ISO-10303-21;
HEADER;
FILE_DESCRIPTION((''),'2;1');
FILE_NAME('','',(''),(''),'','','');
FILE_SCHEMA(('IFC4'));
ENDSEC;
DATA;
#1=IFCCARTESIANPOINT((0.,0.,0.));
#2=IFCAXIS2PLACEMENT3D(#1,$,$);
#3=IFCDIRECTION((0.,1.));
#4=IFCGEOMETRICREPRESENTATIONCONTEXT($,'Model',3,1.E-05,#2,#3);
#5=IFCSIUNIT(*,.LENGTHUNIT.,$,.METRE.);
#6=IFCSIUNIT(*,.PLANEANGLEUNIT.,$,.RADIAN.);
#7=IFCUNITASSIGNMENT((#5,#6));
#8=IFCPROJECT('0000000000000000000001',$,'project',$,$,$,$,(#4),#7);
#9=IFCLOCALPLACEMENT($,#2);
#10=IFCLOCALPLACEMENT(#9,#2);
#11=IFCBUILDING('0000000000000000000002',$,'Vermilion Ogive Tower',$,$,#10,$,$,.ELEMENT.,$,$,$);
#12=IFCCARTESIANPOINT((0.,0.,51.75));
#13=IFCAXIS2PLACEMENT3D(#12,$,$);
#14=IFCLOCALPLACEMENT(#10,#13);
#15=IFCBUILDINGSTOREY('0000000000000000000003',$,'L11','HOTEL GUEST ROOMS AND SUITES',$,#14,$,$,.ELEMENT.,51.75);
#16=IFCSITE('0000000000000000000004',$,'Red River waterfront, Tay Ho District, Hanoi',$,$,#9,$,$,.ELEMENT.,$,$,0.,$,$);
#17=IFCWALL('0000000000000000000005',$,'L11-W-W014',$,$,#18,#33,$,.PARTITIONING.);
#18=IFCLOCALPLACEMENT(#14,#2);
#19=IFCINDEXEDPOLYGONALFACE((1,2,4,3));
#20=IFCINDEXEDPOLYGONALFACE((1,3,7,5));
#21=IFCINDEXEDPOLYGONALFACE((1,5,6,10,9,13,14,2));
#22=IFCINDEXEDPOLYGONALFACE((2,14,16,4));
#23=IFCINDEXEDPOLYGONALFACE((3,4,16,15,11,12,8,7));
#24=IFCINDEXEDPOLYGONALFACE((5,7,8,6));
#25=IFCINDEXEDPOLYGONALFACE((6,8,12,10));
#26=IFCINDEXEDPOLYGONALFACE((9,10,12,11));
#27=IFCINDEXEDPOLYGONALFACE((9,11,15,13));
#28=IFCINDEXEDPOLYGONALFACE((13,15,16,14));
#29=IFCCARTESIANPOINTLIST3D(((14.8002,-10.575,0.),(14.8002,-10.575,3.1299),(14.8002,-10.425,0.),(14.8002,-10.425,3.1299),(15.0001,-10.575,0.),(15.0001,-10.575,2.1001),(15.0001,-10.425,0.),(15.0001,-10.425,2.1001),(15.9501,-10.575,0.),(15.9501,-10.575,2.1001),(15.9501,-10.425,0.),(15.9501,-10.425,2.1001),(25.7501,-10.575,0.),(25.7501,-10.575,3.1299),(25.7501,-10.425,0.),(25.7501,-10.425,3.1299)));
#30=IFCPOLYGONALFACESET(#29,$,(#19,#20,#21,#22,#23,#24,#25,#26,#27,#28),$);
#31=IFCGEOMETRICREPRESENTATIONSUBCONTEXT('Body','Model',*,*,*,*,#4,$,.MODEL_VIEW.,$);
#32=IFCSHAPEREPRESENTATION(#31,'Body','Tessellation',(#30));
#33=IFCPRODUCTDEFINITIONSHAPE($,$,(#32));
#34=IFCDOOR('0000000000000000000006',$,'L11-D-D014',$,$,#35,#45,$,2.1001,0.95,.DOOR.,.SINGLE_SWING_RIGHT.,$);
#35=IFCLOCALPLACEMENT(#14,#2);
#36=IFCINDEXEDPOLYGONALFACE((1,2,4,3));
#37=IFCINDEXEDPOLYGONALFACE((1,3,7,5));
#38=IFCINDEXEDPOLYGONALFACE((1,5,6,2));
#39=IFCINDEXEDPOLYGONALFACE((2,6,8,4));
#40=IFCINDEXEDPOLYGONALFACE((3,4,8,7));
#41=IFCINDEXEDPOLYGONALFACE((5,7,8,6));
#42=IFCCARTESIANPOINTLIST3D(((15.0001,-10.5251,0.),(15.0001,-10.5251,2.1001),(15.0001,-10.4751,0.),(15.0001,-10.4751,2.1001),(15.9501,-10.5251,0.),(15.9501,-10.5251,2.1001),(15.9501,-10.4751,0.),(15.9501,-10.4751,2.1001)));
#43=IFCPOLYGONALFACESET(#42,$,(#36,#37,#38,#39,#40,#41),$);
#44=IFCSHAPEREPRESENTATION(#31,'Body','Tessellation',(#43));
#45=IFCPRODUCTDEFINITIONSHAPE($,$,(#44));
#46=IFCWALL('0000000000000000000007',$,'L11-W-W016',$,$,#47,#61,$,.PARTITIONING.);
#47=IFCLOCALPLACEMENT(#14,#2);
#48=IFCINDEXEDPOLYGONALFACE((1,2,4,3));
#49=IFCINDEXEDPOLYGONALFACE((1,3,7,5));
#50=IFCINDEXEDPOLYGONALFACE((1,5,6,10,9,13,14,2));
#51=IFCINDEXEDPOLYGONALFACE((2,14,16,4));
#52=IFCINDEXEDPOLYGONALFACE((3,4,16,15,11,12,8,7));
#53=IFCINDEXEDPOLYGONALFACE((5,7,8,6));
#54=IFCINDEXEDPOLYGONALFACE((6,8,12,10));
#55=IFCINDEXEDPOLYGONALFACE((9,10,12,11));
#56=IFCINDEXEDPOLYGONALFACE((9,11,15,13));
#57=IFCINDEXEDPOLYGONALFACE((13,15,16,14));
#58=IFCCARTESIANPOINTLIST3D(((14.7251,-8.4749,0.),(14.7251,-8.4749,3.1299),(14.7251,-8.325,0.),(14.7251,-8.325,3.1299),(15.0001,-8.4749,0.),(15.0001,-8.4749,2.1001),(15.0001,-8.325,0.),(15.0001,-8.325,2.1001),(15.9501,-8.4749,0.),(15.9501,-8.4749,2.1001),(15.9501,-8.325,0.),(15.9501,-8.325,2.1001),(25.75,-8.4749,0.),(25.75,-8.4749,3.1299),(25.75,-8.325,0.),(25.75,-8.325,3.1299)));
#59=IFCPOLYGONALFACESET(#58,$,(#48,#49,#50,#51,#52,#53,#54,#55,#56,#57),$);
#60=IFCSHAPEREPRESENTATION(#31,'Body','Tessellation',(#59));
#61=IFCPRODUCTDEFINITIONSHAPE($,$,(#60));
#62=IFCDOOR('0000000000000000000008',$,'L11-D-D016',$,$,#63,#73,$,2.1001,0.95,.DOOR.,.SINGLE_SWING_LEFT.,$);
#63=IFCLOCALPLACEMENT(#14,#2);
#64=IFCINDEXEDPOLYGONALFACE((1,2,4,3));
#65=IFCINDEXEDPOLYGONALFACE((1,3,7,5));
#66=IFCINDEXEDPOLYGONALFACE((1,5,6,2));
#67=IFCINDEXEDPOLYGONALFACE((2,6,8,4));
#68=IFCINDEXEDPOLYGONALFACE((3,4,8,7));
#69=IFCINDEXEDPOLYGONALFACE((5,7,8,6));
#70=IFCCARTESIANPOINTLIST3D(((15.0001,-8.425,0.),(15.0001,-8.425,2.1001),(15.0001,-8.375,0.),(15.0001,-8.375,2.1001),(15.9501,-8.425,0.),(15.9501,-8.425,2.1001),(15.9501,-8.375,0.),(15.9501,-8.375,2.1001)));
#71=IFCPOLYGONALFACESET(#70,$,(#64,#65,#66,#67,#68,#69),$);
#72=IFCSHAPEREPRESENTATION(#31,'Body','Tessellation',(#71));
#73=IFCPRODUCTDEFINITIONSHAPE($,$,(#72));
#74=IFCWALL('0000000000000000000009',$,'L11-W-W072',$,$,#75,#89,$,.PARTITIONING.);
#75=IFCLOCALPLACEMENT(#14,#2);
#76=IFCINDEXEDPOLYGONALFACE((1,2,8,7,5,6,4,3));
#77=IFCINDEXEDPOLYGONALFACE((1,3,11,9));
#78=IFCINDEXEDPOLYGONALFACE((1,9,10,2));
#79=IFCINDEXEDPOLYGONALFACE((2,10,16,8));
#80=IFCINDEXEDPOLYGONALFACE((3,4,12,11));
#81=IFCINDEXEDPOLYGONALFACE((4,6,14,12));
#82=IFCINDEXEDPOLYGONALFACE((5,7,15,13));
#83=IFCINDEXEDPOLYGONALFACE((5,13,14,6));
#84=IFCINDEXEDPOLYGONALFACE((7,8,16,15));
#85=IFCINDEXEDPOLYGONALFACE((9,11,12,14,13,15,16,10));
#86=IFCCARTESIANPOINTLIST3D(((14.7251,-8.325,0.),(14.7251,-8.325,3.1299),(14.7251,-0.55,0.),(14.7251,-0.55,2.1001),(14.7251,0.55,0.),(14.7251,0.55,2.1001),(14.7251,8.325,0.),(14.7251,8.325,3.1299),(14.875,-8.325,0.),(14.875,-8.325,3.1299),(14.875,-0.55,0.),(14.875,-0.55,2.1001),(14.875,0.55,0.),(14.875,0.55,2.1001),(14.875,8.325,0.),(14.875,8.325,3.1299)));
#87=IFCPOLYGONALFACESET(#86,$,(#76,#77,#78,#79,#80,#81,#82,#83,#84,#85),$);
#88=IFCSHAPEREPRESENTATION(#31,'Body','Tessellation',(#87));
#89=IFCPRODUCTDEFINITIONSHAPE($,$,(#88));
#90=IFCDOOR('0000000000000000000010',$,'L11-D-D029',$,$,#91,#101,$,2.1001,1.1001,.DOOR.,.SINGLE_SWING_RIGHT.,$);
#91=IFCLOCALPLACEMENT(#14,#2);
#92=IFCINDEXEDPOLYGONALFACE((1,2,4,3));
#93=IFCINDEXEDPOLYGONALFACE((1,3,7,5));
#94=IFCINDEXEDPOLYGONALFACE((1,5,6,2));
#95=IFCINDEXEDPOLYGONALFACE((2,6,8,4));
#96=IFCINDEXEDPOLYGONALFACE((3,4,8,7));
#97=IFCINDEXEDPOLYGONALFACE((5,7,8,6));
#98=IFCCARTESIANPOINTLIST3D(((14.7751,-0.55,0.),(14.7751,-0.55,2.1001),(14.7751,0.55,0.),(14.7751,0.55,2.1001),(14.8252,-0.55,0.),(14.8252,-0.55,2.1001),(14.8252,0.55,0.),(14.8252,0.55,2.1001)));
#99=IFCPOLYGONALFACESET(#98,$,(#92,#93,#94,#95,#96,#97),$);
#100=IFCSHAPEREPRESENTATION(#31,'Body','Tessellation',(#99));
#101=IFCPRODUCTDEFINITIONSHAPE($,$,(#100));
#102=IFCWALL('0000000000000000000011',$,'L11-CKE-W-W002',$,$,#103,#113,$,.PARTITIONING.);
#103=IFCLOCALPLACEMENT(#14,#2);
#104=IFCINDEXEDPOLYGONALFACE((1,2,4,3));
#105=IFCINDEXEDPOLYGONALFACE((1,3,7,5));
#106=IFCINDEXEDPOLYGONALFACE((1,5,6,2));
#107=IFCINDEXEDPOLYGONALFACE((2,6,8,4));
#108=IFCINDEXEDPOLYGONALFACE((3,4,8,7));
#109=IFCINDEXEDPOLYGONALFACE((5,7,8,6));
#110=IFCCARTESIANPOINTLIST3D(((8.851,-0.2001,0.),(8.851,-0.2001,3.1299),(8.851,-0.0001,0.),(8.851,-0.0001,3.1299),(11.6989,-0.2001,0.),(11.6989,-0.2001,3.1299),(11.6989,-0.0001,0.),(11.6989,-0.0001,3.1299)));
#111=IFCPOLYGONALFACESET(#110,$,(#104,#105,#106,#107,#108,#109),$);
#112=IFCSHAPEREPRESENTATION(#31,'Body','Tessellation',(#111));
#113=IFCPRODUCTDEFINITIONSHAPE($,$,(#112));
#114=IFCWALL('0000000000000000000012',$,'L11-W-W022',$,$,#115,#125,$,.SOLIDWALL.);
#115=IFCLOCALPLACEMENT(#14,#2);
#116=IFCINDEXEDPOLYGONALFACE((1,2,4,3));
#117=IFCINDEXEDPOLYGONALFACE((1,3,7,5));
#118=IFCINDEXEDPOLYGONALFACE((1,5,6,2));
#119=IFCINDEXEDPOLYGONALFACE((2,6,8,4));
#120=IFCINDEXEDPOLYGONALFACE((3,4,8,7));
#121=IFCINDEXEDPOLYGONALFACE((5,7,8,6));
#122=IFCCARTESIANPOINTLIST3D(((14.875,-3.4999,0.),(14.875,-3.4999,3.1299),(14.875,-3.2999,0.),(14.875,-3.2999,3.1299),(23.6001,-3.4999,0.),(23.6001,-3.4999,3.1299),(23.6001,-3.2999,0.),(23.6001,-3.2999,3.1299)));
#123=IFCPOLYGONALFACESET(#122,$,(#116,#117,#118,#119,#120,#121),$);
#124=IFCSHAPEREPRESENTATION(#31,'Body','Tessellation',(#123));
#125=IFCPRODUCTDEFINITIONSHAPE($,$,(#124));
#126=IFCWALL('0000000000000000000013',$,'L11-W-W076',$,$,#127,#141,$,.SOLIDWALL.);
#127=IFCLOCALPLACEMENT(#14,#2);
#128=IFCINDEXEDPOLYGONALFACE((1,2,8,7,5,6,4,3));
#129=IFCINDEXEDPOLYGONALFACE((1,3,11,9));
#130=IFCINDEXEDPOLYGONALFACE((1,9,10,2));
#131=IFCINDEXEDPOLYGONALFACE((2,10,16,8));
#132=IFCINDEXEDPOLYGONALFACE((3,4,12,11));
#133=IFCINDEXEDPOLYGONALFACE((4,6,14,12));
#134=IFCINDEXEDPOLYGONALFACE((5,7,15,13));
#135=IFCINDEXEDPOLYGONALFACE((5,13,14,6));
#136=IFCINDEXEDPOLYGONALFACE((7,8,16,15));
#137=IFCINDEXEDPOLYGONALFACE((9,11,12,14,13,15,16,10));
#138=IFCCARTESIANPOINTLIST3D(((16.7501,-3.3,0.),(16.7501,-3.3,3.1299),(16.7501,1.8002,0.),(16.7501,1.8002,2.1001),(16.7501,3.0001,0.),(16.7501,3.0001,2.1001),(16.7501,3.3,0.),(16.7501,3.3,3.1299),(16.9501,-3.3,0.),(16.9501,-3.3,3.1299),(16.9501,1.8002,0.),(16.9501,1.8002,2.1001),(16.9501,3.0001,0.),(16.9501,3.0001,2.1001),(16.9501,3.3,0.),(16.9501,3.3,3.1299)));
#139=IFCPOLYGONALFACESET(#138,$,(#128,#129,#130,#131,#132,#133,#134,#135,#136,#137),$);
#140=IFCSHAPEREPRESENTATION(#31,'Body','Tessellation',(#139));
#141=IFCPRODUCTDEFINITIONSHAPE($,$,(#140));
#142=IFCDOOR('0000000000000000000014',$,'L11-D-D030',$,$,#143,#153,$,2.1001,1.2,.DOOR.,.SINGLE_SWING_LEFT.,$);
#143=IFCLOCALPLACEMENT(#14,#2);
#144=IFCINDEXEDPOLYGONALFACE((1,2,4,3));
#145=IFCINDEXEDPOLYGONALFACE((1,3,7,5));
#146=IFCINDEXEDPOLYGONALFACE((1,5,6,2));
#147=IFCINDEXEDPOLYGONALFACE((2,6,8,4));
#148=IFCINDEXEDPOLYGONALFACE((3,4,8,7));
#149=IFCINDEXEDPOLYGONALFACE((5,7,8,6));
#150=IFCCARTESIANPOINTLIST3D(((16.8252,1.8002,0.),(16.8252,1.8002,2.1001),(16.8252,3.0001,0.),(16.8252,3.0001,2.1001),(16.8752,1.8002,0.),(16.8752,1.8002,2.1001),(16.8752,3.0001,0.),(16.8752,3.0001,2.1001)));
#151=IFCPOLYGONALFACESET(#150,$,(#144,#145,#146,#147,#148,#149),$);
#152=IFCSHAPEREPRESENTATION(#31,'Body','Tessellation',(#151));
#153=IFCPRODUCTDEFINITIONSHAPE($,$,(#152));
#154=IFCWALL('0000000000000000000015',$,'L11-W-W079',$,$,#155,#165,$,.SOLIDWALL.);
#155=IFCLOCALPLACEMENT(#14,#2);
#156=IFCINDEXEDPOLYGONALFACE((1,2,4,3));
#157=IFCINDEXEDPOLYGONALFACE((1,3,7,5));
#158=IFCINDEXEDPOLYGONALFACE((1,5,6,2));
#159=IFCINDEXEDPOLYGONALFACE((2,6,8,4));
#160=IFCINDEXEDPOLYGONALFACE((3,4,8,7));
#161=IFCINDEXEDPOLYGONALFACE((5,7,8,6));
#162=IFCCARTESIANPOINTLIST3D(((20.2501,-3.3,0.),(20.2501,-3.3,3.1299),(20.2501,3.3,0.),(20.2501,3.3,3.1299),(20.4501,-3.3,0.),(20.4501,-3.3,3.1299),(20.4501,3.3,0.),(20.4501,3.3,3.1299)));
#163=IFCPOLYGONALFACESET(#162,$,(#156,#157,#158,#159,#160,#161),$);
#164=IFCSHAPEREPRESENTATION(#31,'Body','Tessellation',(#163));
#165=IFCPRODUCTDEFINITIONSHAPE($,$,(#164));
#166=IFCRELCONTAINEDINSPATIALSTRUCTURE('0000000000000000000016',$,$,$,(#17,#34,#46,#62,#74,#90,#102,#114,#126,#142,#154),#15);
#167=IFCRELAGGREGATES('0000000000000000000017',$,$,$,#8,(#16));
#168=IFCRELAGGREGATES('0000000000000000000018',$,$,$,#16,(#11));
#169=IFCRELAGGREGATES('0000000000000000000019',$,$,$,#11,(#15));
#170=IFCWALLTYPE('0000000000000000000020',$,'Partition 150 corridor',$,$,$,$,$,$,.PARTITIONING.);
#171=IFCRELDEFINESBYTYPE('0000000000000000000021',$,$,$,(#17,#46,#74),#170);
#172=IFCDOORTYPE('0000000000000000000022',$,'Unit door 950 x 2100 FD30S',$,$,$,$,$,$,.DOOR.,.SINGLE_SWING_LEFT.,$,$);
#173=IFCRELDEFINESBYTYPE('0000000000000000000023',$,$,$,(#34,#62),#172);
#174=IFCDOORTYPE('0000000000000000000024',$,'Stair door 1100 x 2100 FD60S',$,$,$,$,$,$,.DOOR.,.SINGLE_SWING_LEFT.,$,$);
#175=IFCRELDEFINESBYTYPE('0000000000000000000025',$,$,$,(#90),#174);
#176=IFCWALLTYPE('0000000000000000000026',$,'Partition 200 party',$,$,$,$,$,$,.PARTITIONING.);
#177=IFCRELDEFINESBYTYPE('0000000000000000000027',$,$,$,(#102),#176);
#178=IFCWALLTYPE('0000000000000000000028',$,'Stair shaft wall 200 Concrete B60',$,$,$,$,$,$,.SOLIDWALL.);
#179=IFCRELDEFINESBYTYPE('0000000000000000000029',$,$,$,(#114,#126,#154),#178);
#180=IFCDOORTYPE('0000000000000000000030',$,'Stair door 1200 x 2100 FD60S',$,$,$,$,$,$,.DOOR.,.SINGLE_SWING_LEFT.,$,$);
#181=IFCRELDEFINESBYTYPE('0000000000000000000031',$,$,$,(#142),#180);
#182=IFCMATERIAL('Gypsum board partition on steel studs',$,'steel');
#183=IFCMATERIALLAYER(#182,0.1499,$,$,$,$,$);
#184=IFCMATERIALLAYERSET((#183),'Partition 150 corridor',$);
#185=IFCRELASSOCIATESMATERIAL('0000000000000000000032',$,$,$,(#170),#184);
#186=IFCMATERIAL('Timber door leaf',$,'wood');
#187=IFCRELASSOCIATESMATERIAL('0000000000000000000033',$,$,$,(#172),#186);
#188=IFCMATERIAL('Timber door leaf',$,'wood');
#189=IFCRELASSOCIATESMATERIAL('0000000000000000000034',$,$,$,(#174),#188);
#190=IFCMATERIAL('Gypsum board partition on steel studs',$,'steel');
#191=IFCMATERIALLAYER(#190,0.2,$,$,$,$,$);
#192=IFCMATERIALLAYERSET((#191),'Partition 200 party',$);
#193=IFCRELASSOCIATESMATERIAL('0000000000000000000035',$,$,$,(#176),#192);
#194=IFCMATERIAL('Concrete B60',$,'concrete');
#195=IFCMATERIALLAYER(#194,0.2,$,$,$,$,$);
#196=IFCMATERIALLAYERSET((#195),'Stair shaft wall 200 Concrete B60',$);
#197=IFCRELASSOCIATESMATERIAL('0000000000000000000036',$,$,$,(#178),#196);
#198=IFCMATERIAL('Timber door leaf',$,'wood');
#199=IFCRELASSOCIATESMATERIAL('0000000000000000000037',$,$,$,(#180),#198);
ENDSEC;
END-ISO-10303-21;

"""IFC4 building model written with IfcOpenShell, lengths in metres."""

from ifc_helpers import new_model, si_unit, direction, frame, frame_2d, origin, place, context, subcontext, project, spatial, rectangle, extrude, material, layer, layer_set, type_object, element, fill, save


model = new_model("IFC4")

# Units and contexts
model_context = context("Model", 3, precision=1e-05, world=origin(), true_north=direction((0.0, 1.0)))
body_context = subcontext(model_context, "Body", "Model", "MODEL_VIEW")
ifc_project = project(units=[si_unit("LENGTHUNIT", "METRE"), si_unit("PLANEANGLEUNIT", "RADIAN")], contexts=[model_context])

# Site, building, storey
site_placement = place(None, origin())
site = spatial("IfcSite", under=ifc_project, at=site_placement, Name="Red River waterfront, Tay Ho District, Hanoi", CompositionType="ELEMENT", RefElevation=0.0)
building_placement = place(site_placement, origin())
building = spatial("IfcBuilding", under=site, at=building_placement, Name="Vermilion Ogive Tower", CompositionType="ELEMENT")
storey_placement = place(building_placement, frame((0.0, 0.0, 51.75)))
storey = spatial("IfcBuildingStorey", under=building, at=storey_placement, Name="L11", Description="HOTEL GUEST ROOMS AND SUITES", CompositionType="ELEMENT", Elevation=51.75)

# Walls, openings, doors
ifc_material_1 = material(Name="Gypsum board partition on steel studs", Category="steel")
ifc_layer_1 = layer(ifc_material_1, 0.1499)
ifc_layer_set_1 = layer_set([ifc_layer_1], Name="Partition 150 corridor")
wall_type_1 = type_object("IfcWallType", Name="Partition 150 corridor", PredefinedType="PARTITIONING", material=ifc_layer_set_1)
wall_1_placement = place(storey_placement, frame((14.8, -10.5, 0.0), z_axis=(0.0, 0.0, 1.0), x_axis=(1.0, 0.0, 0.0)))
wall_1 = element("IfcWall", 1, at=wall_1_placement, inside=storey, type_object=wall_type_1, Name="L11-W-W014", PredefinedType="PARTITIONING", context=body_context, shape_type="SweptSolid", body=[
    extrude(rectangle(XDim=10.95, YDim=0.1499, at=frame_2d((5.4751, 0.0))), origin(), (0.0, 0.0, 1.0), 3.1299),
])
opening_1_placement = place(wall_1_placement, frame((0.2, 0.0, 0.0)))
opening_1 = element("IfcOpeningElement", 2, at=opening_1_placement, cuts=wall_1, PredefinedType="OPENING", context=body_context, shape_type="SweptSolid", body=[
    extrude(rectangle(XDim=0.95, YDim=2.1001, at=frame_2d((0.4751, 1.05))), frame((0.0, 0.085, 0.0), z_axis=(0.0, -1.0, 0.0), x_axis=(1.0, 0.0, 0.0)), (0.0, 0.0, 1.0), 0.1699),
])
ifc_material_2 = material(Name="Timber door leaf", Category="wood")
door_type_1 = type_object("IfcDoorType", Name="Unit door 950 x 2100 FD30S", OperationType="SINGLE_SWING_LEFT", PredefinedType="DOOR", material=ifc_material_2)
door_1_placement = place(opening_1_placement, origin())
door_1 = element("IfcDoor", 3, at=door_1_placement, inside=storey, type_object=door_type_1, Name="L11-D-D014", OperationType="SINGLE_SWING_RIGHT", OverallHeight=2.1001, OverallWidth=0.95, PredefinedType="DOOR", context=body_context, shape_type="SweptSolid", body=[
    extrude(rectangle(XDim=0.95, YDim=2.1001, at=frame_2d((0.4751, 1.05))), frame((0.0, 0.0249, 0.0), z_axis=(0.0, -1.0, 0.0), x_axis=(1.0, 0.0, 0.0)), (0.0, 0.0, 1.0), 0.05),
])
fill(opening_1, door_1)
wall_2_placement = place(storey_placement, frame((14.7251, -8.3999, 0.0), z_axis=(0.0, 0.0, 1.0), x_axis=(1.0, 0.0, 0.0)))
wall_2 = element("IfcWall", 4, at=wall_2_placement, inside=storey, type_object=wall_type_1, Name="L11-W-W016", PredefinedType="PARTITIONING", context=body_context, shape_type="SweptSolid", body=[
    extrude(rectangle(XDim=11.0249, YDim=0.1499, at=frame_2d((5.5125, 0.0))), origin(), (0.0, 0.0, 1.0), 3.1299),
])
opening_2_placement = place(wall_2_placement, frame((0.2749, 0.0, 0.0)))
opening_2 = element("IfcOpeningElement", 5, at=opening_2_placement, cuts=wall_2, PredefinedType="OPENING", context=body_context, shape_type="SweptSolid", body=[
    extrude(rectangle(XDim=0.95, YDim=2.1001, at=frame_2d((0.4751, 1.05))), frame((0.0, 0.085, 0.0), z_axis=(0.0, -1.0, 0.0), x_axis=(1.0, 0.0, 0.0)), (0.0, 0.0, 1.0), 0.1699),
])
door_2_placement = place(opening_2_placement, origin())
door_2 = element("IfcDoor", 6, at=door_2_placement, inside=storey, type_object=door_type_1, Name="L11-D-D016", OperationType="SINGLE_SWING_LEFT", OverallHeight=2.1001, OverallWidth=0.95, PredefinedType="DOOR", context=body_context, shape_type="SweptSolid", body=[
    extrude(rectangle(XDim=0.95, YDim=2.1001, at=frame_2d((0.4751, 1.05))), frame((0.0, 0.0249, 0.0), z_axis=(0.0, -1.0, 0.0), x_axis=(1.0, 0.0, 0.0)), (0.0, 0.0, 1.0), 0.05),
])
fill(opening_2, door_2)
wall_3_placement = place(storey_placement, frame((14.8, -8.325, 0.0), z_axis=(0.0, 0.0, 1.0), x_axis=(0.0, 1.0, 0.0)))
wall_3 = element("IfcWall", 7, at=wall_3_placement, inside=storey, type_object=wall_type_1, Name="L11-W-W072", PredefinedType="PARTITIONING", context=body_context, shape_type="SweptSolid", body=[
    extrude(rectangle(XDim=16.6499, YDim=0.1499, at=frame_2d((8.325, 0.0))), origin(), (0.0, 0.0, 1.0), 3.1299),
])
opening_3_placement = place(wall_3_placement, frame((7.7749, 0.0, 0.0)))
opening_3 = element("IfcOpeningElement", 8, at=opening_3_placement, cuts=wall_3, PredefinedType="OPENING", context=body_context, shape_type="SweptSolid", body=[
    extrude(rectangle(XDim=1.1001, YDim=2.1001, at=frame_2d((0.55, 1.05))), frame((0.0, 0.085, 0.0), z_axis=(0.0, -1.0, 0.0), x_axis=(1.0, 0.0, 0.0)), (0.0, 0.0, 1.0), 0.1699),
])
ifc_material_3 = material(Name="Timber door leaf", Category="wood")
door_type_2 = type_object("IfcDoorType", Name="Stair door 1100 x 2100 FD60S", OperationType="SINGLE_SWING_LEFT", PredefinedType="DOOR", material=ifc_material_3)
door_3_placement = place(opening_3_placement, origin())
door_3 = element("IfcDoor", 9, at=door_3_placement, inside=storey, type_object=door_type_2, Name="L11-D-D029", OperationType="SINGLE_SWING_RIGHT", OverallHeight=2.1001, OverallWidth=1.1001, PredefinedType="DOOR", context=body_context, shape_type="SweptSolid", body=[
    extrude(rectangle(XDim=1.1001, YDim=2.1001, at=frame_2d((0.55, 1.05))), frame((0.0, 0.0249, 0.0), z_axis=(0.0, -1.0, 0.0), x_axis=(1.0, 0.0, 0.0)), (0.0, 0.0, 1.0), 0.05),
])
fill(opening_3, door_3)

# Walls
ifc_material_4 = material(Name="Gypsum board partition on steel studs", Category="steel")
ifc_layer_2 = layer(ifc_material_4, 0.2)
ifc_layer_set_2 = layer_set([ifc_layer_2], Name="Partition 200 party")
wall_type_2 = type_object("IfcWallType", Name="Partition 200 party", PredefinedType="PARTITIONING", material=ifc_layer_set_2)
wall_4_placement = place(storey_placement, frame((8.8511, -0.1001, 0.0), z_axis=(0.0, 0.0, 1.0), x_axis=(1.0, 0.0, 0.0)))
element("IfcWall", 10, at=wall_4_placement, inside=storey, type_object=wall_type_2, Name="L11-CKE-W-W002", PredefinedType="PARTITIONING", context=body_context, shape_type="SweptSolid", body=[
    extrude(rectangle(XDim=2.8479, YDim=0.2, at=frame_2d((1.4238, 0.0))), origin(), (0.0, 0.0, 1.0), 3.1299),
])
ifc_material_5 = material(Name="Concrete B60", Category="concrete")
ifc_layer_3 = layer(ifc_material_5, 0.2)
ifc_layer_set_3 = layer_set([ifc_layer_3], Name="Stair shaft wall 200 Concrete B60")
wall_type_3 = type_object("IfcWallType", Name="Stair shaft wall 200 Concrete B60", PredefinedType="SOLIDWALL", material=ifc_layer_set_3)
wall_5_placement = place(storey_placement, frame((14.875, -3.3999, 0.0), z_axis=(0.0, 0.0, 1.0), x_axis=(1.0, 0.0, 0.0)))
element("IfcWall", 11, at=wall_5_placement, inside=storey, type_object=wall_type_3, Name="L11-W-W022", PredefinedType="SOLIDWALL", context=body_context, shape_type="SweptSolid", body=[
    extrude(rectangle(XDim=8.7251, YDim=0.2, at=frame_2d((4.3625, 0.0))), origin(), (0.0, 0.0, 1.0), 3.1299),
])

# Wall, opening, door
wall_6_placement = place(storey_placement, frame((16.8501, -3.3, 0.0), z_axis=(0.0, 0.0, 1.0), x_axis=(0.0, 1.0, 0.0)))
wall_6 = element("IfcWall", 12, at=wall_6_placement, inside=storey, type_object=wall_type_3, Name="L11-W-W076", PredefinedType="SOLIDWALL", context=body_context, shape_type="SweptSolid", body=[
    extrude(rectangle(XDim=6.6001, YDim=0.2, at=frame_2d((3.3, 0.0))), origin(), (0.0, 0.0, 1.0), 3.1299),
])
opening_4_placement = place(wall_6_placement, frame((5.1001, 0.0, 0.0)))
opening_4 = element("IfcOpeningElement", 13, at=opening_4_placement, cuts=wall_6, PredefinedType="OPENING", context=body_context, shape_type="SweptSolid", body=[
    extrude(rectangle(XDim=1.2, YDim=2.1001, at=frame_2d((0.6001, 1.05))), frame((0.0, 0.1099, 0.0), z_axis=(0.0, -1.0, 0.0), x_axis=(1.0, 0.0, 0.0)), (0.0, 0.0, 1.0), 0.22),
])
ifc_material_6 = material(Name="Timber door leaf", Category="wood")
door_type_3 = type_object("IfcDoorType", Name="Stair door 1200 x 2100 FD60S", OperationType="SINGLE_SWING_LEFT", PredefinedType="DOOR", material=ifc_material_6)
door_4_placement = place(opening_4_placement, origin())
door_4 = element("IfcDoor", 14, at=door_4_placement, inside=storey, type_object=door_type_3, Name="L11-D-D030", OperationType="SINGLE_SWING_LEFT", OverallHeight=2.1001, OverallWidth=1.2, PredefinedType="DOOR", context=body_context, shape_type="SweptSolid", body=[
    extrude(rectangle(XDim=1.2, YDim=2.1001, at=frame_2d((0.6001, 1.05))), frame((0.0, 0.0249, 0.0), z_axis=(0.0, -1.0, 0.0), x_axis=(1.0, 0.0, 0.0)), (0.0, 0.0, 1.0), 0.05),
])
fill(opening_4, door_4)

# Wall
wall_7_placement = place(storey_placement, frame((20.3501, -3.3, 0.0), z_axis=(0.0, 0.0, 1.0), x_axis=(0.0, 1.0, 0.0)))
element("IfcWall", 15, at=wall_7_placement, inside=storey, type_object=wall_type_3, Name="L11-W-W079", PredefinedType="SOLIDWALL", context=body_context, shape_type="SweptSolid", body=[
    extrude(rectangle(XDim=6.6001, YDim=0.2, at=frame_2d((3.3, 0.0))), origin(), (0.0, 0.0, 1.0), 3.1299),
])

save(model, "model.ifc")
